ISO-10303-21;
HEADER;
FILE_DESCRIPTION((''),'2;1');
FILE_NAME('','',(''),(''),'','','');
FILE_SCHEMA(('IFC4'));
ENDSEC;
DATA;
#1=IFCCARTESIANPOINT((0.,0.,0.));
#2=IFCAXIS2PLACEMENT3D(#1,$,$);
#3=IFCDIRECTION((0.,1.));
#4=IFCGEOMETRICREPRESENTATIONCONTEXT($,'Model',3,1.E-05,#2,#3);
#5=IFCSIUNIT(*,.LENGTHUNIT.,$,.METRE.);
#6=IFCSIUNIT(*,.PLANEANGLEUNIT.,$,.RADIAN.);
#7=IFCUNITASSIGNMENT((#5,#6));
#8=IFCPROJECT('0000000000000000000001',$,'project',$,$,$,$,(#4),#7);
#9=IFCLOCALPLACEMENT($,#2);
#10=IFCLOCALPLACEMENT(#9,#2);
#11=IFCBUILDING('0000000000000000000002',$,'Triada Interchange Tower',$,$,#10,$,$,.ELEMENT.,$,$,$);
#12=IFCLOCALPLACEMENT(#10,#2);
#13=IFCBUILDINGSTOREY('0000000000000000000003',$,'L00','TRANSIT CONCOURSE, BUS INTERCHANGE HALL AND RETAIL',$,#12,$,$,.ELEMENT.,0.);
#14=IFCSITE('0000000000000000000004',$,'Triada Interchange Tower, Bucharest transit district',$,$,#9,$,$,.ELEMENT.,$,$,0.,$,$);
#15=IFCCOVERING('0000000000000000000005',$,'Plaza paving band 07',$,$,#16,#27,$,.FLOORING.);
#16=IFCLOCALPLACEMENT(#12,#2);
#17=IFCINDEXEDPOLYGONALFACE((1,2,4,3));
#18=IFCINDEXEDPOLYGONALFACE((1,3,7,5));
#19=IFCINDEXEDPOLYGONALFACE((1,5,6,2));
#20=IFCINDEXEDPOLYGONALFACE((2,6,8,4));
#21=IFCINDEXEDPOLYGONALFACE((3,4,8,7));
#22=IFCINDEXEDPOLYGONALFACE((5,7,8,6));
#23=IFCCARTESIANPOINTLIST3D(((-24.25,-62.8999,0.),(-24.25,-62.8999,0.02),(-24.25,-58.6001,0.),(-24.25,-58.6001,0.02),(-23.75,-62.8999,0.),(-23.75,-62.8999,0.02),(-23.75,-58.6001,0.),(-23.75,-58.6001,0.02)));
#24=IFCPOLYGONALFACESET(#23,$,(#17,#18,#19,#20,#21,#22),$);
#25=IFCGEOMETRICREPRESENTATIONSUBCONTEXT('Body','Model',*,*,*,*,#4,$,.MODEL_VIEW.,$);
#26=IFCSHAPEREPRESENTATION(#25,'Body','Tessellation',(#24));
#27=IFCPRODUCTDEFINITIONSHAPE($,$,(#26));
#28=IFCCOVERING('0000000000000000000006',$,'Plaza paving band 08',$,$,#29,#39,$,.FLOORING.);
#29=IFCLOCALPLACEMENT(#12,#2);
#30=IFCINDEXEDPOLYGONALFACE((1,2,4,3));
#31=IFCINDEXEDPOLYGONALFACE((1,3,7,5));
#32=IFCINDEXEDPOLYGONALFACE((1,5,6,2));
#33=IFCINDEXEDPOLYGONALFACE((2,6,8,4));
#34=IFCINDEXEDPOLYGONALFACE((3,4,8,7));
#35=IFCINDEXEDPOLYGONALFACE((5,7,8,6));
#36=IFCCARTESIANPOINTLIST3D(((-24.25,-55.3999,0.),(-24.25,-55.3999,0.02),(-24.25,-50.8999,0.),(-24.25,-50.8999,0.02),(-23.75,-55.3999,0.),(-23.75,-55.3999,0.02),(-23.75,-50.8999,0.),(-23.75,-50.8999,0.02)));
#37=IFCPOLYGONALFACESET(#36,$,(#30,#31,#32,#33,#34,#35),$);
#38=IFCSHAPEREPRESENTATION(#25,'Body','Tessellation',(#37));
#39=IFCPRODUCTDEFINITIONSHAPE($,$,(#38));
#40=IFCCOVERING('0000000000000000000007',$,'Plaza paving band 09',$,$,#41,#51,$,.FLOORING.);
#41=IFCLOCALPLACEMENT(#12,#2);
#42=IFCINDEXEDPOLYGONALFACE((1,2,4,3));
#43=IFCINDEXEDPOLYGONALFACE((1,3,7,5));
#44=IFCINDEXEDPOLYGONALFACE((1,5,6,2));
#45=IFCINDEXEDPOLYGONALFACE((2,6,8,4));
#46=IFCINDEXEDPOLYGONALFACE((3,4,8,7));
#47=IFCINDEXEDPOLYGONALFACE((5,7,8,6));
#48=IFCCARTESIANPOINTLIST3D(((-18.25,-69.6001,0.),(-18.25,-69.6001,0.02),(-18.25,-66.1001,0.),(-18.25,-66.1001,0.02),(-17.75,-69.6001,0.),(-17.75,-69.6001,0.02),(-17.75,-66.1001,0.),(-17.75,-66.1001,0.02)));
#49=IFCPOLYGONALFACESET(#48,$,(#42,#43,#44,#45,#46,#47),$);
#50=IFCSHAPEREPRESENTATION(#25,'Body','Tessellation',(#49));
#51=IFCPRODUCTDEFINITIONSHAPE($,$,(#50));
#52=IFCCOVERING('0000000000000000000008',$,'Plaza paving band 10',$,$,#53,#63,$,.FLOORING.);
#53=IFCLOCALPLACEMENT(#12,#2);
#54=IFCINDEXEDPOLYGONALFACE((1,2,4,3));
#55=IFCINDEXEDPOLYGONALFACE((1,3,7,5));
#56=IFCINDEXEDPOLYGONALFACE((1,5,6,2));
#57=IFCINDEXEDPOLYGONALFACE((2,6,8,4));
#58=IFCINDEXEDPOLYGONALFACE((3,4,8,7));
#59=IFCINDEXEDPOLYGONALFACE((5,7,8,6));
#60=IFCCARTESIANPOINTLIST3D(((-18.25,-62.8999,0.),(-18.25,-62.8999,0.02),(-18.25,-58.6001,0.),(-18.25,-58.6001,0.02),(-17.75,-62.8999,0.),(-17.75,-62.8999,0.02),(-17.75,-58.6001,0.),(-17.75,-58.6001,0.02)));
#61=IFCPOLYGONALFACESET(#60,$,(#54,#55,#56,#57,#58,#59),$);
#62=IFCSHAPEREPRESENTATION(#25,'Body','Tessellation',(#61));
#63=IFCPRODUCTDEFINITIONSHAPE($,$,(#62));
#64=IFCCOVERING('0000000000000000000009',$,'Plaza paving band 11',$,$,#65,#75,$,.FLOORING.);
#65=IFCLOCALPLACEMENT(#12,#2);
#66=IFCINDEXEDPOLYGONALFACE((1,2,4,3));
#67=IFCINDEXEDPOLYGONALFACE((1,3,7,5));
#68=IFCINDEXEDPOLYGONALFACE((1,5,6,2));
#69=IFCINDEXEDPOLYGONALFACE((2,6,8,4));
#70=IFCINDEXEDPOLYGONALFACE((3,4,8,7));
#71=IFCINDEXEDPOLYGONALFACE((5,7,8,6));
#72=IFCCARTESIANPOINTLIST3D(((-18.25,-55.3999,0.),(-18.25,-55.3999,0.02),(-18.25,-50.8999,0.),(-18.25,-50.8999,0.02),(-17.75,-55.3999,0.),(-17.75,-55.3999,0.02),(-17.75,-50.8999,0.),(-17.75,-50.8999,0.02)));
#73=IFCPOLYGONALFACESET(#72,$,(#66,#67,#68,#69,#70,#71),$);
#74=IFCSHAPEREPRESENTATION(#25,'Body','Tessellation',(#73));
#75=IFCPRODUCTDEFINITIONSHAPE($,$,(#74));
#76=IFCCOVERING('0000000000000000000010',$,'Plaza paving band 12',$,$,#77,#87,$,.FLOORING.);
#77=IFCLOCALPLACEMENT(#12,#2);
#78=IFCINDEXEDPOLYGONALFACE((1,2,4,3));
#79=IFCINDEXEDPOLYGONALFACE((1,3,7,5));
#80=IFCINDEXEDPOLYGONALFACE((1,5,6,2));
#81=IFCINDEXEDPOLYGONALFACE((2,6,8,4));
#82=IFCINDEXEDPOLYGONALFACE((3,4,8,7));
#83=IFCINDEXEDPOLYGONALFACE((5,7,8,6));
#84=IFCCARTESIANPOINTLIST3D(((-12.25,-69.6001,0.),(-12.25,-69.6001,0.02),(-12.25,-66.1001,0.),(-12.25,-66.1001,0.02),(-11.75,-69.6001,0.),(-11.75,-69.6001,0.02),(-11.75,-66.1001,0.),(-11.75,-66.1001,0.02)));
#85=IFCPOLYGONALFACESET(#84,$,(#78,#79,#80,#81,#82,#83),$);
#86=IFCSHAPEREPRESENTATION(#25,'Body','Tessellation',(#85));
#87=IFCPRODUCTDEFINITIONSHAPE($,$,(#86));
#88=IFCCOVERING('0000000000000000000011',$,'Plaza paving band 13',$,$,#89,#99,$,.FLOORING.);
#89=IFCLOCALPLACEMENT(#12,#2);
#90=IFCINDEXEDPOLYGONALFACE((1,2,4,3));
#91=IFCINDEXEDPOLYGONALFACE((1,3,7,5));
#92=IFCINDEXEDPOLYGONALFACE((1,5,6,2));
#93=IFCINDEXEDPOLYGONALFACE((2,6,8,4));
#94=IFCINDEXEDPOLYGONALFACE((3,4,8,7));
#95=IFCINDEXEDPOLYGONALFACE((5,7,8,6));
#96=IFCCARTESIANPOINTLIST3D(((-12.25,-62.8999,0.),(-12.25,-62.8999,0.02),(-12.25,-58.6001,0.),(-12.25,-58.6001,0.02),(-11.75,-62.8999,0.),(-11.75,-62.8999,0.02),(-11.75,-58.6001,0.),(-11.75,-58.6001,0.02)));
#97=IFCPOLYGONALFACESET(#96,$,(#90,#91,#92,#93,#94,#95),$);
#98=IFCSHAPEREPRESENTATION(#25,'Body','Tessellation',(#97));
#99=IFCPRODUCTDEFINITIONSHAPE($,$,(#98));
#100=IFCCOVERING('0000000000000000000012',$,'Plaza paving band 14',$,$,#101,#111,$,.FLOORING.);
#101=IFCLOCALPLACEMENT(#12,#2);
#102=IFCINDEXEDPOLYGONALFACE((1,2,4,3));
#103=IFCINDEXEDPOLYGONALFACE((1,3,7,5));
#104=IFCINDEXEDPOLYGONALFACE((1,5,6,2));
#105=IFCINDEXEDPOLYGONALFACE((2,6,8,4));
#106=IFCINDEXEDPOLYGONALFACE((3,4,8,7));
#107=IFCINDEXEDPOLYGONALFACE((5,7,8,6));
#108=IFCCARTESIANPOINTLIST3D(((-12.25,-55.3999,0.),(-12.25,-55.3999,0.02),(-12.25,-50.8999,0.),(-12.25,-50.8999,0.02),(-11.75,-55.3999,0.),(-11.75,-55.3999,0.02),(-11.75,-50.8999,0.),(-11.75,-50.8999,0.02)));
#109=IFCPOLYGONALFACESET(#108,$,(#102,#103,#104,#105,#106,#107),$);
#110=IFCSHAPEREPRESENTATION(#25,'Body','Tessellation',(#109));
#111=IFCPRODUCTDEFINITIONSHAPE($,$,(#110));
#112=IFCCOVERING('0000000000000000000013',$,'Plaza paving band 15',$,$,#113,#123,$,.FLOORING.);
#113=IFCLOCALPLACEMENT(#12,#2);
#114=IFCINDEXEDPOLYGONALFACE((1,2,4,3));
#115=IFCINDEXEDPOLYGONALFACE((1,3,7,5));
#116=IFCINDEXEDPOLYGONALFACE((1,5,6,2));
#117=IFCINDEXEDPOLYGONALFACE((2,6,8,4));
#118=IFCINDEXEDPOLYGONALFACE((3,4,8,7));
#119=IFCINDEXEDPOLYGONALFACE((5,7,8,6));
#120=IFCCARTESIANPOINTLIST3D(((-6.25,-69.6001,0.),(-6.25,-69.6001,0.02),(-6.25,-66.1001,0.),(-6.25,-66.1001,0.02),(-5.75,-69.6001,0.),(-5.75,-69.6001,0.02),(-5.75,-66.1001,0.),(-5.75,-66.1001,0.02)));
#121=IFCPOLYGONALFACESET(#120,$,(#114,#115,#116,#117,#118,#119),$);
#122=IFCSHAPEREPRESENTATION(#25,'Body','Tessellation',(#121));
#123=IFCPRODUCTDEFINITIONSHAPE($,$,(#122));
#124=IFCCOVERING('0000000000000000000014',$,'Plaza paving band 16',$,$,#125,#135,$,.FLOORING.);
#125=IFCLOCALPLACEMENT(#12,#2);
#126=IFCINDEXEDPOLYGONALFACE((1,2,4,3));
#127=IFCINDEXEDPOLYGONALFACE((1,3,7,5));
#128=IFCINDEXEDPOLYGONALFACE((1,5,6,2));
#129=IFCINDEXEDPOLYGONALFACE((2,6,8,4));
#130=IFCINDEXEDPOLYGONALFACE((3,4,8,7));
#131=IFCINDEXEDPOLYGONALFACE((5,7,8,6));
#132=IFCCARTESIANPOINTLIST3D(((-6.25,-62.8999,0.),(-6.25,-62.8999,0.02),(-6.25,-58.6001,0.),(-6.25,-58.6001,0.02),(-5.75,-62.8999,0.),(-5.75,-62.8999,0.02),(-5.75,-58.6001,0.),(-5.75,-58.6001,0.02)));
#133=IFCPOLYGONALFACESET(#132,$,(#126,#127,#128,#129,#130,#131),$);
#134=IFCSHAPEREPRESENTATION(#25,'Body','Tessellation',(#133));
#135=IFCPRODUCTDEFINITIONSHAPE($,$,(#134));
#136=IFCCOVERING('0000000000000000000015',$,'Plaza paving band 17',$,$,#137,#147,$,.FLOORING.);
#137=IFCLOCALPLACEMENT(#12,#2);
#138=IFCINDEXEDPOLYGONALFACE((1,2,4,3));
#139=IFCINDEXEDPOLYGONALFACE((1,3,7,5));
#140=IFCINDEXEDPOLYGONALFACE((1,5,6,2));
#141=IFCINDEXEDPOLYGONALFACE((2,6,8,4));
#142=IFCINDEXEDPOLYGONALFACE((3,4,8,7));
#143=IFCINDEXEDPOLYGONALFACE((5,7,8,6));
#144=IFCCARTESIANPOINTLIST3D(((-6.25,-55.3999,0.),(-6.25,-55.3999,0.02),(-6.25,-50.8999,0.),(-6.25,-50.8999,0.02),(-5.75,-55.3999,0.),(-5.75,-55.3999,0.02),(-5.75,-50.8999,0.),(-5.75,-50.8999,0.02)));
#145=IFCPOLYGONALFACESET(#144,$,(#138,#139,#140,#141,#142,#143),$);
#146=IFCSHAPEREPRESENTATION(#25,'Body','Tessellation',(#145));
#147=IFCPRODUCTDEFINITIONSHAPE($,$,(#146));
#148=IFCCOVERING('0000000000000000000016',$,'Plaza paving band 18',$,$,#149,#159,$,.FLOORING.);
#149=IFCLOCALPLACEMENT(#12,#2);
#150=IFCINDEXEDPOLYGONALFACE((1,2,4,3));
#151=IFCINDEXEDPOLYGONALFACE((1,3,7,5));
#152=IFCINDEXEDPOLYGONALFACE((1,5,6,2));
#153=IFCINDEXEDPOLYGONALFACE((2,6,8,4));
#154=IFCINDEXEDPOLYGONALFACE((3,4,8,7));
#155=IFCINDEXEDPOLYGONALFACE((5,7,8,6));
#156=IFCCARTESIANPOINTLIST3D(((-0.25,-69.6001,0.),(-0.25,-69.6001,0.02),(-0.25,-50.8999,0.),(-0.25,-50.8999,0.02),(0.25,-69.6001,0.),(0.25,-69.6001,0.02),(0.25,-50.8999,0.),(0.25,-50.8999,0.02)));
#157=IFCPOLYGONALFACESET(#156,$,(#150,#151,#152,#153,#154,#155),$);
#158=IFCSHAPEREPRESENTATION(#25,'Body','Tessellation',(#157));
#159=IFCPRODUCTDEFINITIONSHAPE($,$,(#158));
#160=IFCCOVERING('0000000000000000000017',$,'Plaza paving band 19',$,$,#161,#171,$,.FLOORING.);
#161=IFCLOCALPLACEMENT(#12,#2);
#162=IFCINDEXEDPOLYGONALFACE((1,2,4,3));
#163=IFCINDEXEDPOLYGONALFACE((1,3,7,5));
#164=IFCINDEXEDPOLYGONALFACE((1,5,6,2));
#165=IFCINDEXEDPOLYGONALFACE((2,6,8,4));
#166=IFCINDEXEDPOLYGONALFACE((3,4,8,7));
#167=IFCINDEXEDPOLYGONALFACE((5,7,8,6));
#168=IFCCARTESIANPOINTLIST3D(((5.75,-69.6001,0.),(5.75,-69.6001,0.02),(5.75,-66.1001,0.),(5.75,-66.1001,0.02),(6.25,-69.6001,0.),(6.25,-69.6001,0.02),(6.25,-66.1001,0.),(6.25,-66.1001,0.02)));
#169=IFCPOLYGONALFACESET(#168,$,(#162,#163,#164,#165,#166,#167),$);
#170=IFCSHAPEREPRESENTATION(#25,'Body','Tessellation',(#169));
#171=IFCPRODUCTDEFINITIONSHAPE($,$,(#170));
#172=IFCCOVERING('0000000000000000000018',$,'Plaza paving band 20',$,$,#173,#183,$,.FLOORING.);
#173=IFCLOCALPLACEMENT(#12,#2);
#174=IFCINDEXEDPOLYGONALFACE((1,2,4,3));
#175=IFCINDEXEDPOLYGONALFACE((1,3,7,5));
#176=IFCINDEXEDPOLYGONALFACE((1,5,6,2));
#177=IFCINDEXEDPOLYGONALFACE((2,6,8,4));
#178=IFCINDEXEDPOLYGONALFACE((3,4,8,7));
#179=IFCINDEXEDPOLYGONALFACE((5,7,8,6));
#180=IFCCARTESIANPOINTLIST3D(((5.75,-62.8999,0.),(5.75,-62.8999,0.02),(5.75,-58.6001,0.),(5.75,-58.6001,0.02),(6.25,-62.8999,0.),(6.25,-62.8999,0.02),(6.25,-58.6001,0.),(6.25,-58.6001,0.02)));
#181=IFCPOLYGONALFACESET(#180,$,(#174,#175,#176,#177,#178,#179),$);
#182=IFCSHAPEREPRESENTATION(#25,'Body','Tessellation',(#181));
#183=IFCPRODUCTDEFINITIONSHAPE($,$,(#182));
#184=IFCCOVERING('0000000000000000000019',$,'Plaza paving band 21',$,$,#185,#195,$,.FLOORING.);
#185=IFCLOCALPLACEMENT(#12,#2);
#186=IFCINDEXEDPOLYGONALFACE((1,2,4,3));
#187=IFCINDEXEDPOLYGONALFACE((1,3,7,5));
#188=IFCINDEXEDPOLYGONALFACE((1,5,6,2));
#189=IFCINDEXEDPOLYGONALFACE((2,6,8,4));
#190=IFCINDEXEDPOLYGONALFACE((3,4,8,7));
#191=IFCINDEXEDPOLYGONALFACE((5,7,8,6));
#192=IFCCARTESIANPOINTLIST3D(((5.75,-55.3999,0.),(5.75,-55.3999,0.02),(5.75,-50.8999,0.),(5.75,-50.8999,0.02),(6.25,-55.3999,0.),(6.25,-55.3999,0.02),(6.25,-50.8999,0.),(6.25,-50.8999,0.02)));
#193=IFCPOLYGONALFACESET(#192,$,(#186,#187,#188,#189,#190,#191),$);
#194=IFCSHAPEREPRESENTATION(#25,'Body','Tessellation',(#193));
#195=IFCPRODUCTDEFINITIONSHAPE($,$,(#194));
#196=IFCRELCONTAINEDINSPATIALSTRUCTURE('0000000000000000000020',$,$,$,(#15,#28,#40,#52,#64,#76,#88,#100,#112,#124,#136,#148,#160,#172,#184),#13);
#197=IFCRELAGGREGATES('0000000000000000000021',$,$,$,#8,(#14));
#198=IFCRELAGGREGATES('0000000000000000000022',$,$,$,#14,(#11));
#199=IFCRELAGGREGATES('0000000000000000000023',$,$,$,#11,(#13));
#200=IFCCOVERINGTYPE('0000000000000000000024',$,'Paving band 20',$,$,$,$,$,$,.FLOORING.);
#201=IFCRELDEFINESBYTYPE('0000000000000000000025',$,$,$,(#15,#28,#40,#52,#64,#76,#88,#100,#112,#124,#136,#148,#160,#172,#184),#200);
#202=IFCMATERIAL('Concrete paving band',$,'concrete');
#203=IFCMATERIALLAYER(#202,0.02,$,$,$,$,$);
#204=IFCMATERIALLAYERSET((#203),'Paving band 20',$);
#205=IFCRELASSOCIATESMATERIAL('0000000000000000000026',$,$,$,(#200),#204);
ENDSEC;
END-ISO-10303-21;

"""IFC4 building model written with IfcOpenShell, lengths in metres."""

from ifc_helpers import new_model, si_unit, direction, origin, place, context, subcontext, project, spatial, polyline, outline, extrude, material, layer, layer_set, type_object, element, save


model = new_model("IFC4")

# Units and contexts
model_context = context("Model", 3, precision=1e-05, world=origin(), true_north=direction((0.0, 1.0)))
body_context = subcontext(model_context, "Body", "Model", "MODEL_VIEW")
ifc_project = project(units=[si_unit("LENGTHUNIT", "METRE"), si_unit("PLANEANGLEUNIT", "RADIAN")], contexts=[model_context])

# Site, building, storey
site_placement = place(None, origin())
site = spatial("IfcSite", under=ifc_project, at=site_placement, Name="Triada Interchange Tower, Bucharest transit district", CompositionType="ELEMENT", RefElevation=0.0)
building_placement = place(site_placement, origin())
building = spatial("IfcBuilding", under=site, at=building_placement, Name="Triada Interchange Tower", CompositionType="ELEMENT")
storey_placement = place(building_placement, origin())
storey = spatial("IfcBuildingStorey", under=building, at=storey_placement, Name="L00", Description="TRANSIT CONCOURSE, BUS INTERCHANGE HALL AND RETAIL", CompositionType="ELEMENT", Elevation=0.0)

# Coverings
ifc_material_1 = material(Name="Concrete paving band", Category="concrete")
ifc_layer_1 = layer(ifc_material_1, 0.02)
ifc_layer_set_1 = layer_set([ifc_layer_1], Name="Paving band 20")
covering_type = type_object("IfcCoveringType", Name="Paving band 20", PredefinedType="FLOORING", material=ifc_layer_set_1)
covering_1_placement = place(storey_placement, origin())
element("IfcCovering", 1, at=covering_1_placement, inside=storey, type_object=covering_type, Name="Plaza paving band 07", PredefinedType="FLOORING", context=body_context, shape_type="SweptSolid", body=[
    extrude(outline(polyline([(-23.75, -58.6001), (-24.25, -58.6001), (-24.25, -62.8999), (-23.75, -62.8999), (-23.75, -58.6001)])), origin(), (0.0, 0.0, 1.0), 0.02),
])
covering_2_placement = place(storey_placement, origin())
element("IfcCovering", 2, at=covering_2_placement, inside=storey, type_object=covering_type, Name="Plaza paving band 08", PredefinedType="FLOORING", context=body_context, shape_type="SweptSolid", body=[
    extrude(outline(polyline([(-24.25, -55.3999), (-23.75, -55.3999), (-23.75, -50.8999), (-24.25, -50.8999), (-24.25, -55.3999)])), origin(), (0.0, 0.0, 1.0), 0.02),
])
covering_3_placement = place(storey_placement, origin())
element("IfcCovering", 3, at=covering_3_placement, inside=storey, type_object=covering_type, Name="Plaza paving band 09", PredefinedType="FLOORING", context=body_context, shape_type="SweptSolid", body=[
    extrude(outline(polyline([(-17.75, -66.1001), (-18.25, -66.1001), (-18.25, -69.6001), (-17.75, -69.6001), (-17.75, -66.1001)])), origin(), (0.0, 0.0, 1.0), 0.02),
])
covering_4_placement = place(storey_placement, origin())
element("IfcCovering", 4, at=covering_4_placement, inside=storey, type_object=covering_type, Name="Plaza paving band 10", PredefinedType="FLOORING", context=body_context, shape_type="SweptSolid", body=[
    extrude(outline(polyline([(-17.75, -58.6001), (-18.25, -58.6001), (-18.25, -62.8999), (-17.75, -62.8999), (-17.75, -58.6001)])), origin(), (0.0, 0.0, 1.0), 0.02),
])
covering_5_placement = place(storey_placement, origin())
element("IfcCovering", 5, at=covering_5_placement, inside=storey, type_object=covering_type, Name="Plaza paving band 11", PredefinedType="FLOORING", context=body_context, shape_type="SweptSolid", body=[
    extrude(outline(polyline([(-18.25, -55.3999), (-17.75, -55.3999), (-17.75, -50.8999), (-18.25, -50.8999), (-18.25, -55.3999)])), origin(), (0.0, 0.0, 1.0), 0.02),
])
covering_6_placement = place(storey_placement, origin())
element("IfcCovering", 6, at=covering_6_placement, inside=storey, type_object=covering_type, Name="Plaza paving band 12", PredefinedType="FLOORING", context=body_context, shape_type="SweptSolid", body=[
    extrude(outline(polyline([(-11.75, -66.1001), (-12.25, -66.1001), (-12.25, -69.6001), (-11.75, -69.6001), (-11.75, -66.1001)])), origin(), (0.0, 0.0, 1.0), 0.02),
])
covering_7_placement = place(storey_placement, origin())
element("IfcCovering", 7, at=covering_7_placement, inside=storey, type_object=covering_type, Name="Plaza paving band 13", PredefinedType="FLOORING", context=body_context, shape_type="SweptSolid", body=[
    extrude(outline(polyline([(-11.75, -58.6001), (-12.25, -58.6001), (-12.25, -62.8999), (-11.75, -62.8999), (-11.75, -58.6001)])), origin(), (0.0, 0.0, 1.0), 0.02),
])
covering_8_placement = place(storey_placement, origin())
element("IfcCovering", 8, at=covering_8_placement, inside=storey, type_object=covering_type, Name="Plaza paving band 14", PredefinedType="FLOORING", context=body_context, shape_type="SweptSolid", body=[
    extrude(outline(polyline([(-12.25, -55.3999), (-11.75, -55.3999), (-11.75, -50.8999), (-12.25, -50.8999), (-12.25, -55.3999)])), origin(), (0.0, 0.0, 1.0), 0.02),
])
covering_9_placement = place(storey_placement, origin())
element("IfcCovering", 9, at=covering_9_placement, inside=storey, type_object=covering_type, Name="Plaza paving band 15", PredefinedType="FLOORING", context=body_context, shape_type="SweptSolid", body=[
    extrude(outline(polyline([(-5.75, -66.1001), (-6.25, -66.1001), (-6.25, -69.6001), (-5.75, -69.6001), (-5.75, -66.1001)])), origin(), (0.0, 0.0, 1.0), 0.02),
])
covering_10_placement = place(storey_placement, origin())
element("IfcCovering", 10, at=covering_10_placement, inside=storey, type_object=covering_type, Name="Plaza paving band 16", PredefinedType="FLOORING", context=body_context, shape_type="SweptSolid", body=[
    extrude(outline(polyline([(-5.75, -58.6001), (-6.25, -58.6001), (-6.25, -62.8999), (-5.75, -62.8999), (-5.75, -58.6001)])), origin(), (0.0, 0.0, 1.0), 0.02),
])
covering_11_placement = place(storey_placement, origin())
element("IfcCovering", 11, at=covering_11_placement, inside=storey, type_object=covering_type, Name="Plaza paving band 17", PredefinedType="FLOORING", context=body_context, shape_type="SweptSolid", body=[
    extrude(outline(polyline([(-6.25, -55.3999), (-5.75, -55.3999), (-5.75, -50.8999), (-6.25, -50.8999), (-6.25, -55.3999)])), origin(), (0.0, 0.0, 1.0), 0.02),
])
covering_12_placement = place(storey_placement, origin())
element("IfcCovering", 12, at=covering_12_placement, inside=storey, type_object=covering_type, Name="Plaza paving band 18", PredefinedType="FLOORING", context=body_context, shape_type="SweptSolid", body=[
    extrude(outline(polyline([(0.25, -69.6001), (0.25, -50.8999), (-0.25, -50.8999), (-0.25, -69.6001), (0.25, -69.6001)])), origin(), (0.0, 0.0, 1.0), 0.02),
])
covering_13_placement = place(storey_placement, origin())
element("IfcCovering", 13, at=covering_13_placement, inside=storey, type_object=covering_type, Name="Plaza paving band 19", PredefinedType="FLOORING", context=body_context, shape_type="SweptSolid", body=[
    extrude(outline(polyline([(6.25, -66.1001), (5.75, -66.1001), (5.75, -69.6001), (6.25, -69.6001), (6.25, -66.1001)])), origin(), (0.0, 0.0, 1.0), 0.02),
])
covering_14_placement = place(storey_placement, origin())
element("IfcCovering", 14, at=covering_14_placement, inside=storey, type_object=covering_type, Name="Plaza paving band 20", PredefinedType="FLOORING", context=body_context, shape_type="SweptSolid", body=[
    extrude(outline(polyline([(6.25, -58.6001), (5.75, -58.6001), (5.75, -62.8999), (6.25, -62.8999), (6.25, -58.6001)])), origin(), (0.0, 0.0, 1.0), 0.02),
])
covering_15_placement = place(storey_placement, origin())
element("IfcCovering", 15, at=covering_15_placement, inside=storey, type_object=covering_type, Name="Plaza paving band 21", PredefinedType="FLOORING", context=body_context, shape_type="SweptSolid", body=[
    extrude(outline(polyline([(5.75, -55.3999), (6.25, -55.3999), (6.25, -50.8999), (5.75, -50.8999), (5.75, -55.3999)])), origin(), (0.0, 0.0, 1.0), 0.02),
])

save(model, "model.ifc")
